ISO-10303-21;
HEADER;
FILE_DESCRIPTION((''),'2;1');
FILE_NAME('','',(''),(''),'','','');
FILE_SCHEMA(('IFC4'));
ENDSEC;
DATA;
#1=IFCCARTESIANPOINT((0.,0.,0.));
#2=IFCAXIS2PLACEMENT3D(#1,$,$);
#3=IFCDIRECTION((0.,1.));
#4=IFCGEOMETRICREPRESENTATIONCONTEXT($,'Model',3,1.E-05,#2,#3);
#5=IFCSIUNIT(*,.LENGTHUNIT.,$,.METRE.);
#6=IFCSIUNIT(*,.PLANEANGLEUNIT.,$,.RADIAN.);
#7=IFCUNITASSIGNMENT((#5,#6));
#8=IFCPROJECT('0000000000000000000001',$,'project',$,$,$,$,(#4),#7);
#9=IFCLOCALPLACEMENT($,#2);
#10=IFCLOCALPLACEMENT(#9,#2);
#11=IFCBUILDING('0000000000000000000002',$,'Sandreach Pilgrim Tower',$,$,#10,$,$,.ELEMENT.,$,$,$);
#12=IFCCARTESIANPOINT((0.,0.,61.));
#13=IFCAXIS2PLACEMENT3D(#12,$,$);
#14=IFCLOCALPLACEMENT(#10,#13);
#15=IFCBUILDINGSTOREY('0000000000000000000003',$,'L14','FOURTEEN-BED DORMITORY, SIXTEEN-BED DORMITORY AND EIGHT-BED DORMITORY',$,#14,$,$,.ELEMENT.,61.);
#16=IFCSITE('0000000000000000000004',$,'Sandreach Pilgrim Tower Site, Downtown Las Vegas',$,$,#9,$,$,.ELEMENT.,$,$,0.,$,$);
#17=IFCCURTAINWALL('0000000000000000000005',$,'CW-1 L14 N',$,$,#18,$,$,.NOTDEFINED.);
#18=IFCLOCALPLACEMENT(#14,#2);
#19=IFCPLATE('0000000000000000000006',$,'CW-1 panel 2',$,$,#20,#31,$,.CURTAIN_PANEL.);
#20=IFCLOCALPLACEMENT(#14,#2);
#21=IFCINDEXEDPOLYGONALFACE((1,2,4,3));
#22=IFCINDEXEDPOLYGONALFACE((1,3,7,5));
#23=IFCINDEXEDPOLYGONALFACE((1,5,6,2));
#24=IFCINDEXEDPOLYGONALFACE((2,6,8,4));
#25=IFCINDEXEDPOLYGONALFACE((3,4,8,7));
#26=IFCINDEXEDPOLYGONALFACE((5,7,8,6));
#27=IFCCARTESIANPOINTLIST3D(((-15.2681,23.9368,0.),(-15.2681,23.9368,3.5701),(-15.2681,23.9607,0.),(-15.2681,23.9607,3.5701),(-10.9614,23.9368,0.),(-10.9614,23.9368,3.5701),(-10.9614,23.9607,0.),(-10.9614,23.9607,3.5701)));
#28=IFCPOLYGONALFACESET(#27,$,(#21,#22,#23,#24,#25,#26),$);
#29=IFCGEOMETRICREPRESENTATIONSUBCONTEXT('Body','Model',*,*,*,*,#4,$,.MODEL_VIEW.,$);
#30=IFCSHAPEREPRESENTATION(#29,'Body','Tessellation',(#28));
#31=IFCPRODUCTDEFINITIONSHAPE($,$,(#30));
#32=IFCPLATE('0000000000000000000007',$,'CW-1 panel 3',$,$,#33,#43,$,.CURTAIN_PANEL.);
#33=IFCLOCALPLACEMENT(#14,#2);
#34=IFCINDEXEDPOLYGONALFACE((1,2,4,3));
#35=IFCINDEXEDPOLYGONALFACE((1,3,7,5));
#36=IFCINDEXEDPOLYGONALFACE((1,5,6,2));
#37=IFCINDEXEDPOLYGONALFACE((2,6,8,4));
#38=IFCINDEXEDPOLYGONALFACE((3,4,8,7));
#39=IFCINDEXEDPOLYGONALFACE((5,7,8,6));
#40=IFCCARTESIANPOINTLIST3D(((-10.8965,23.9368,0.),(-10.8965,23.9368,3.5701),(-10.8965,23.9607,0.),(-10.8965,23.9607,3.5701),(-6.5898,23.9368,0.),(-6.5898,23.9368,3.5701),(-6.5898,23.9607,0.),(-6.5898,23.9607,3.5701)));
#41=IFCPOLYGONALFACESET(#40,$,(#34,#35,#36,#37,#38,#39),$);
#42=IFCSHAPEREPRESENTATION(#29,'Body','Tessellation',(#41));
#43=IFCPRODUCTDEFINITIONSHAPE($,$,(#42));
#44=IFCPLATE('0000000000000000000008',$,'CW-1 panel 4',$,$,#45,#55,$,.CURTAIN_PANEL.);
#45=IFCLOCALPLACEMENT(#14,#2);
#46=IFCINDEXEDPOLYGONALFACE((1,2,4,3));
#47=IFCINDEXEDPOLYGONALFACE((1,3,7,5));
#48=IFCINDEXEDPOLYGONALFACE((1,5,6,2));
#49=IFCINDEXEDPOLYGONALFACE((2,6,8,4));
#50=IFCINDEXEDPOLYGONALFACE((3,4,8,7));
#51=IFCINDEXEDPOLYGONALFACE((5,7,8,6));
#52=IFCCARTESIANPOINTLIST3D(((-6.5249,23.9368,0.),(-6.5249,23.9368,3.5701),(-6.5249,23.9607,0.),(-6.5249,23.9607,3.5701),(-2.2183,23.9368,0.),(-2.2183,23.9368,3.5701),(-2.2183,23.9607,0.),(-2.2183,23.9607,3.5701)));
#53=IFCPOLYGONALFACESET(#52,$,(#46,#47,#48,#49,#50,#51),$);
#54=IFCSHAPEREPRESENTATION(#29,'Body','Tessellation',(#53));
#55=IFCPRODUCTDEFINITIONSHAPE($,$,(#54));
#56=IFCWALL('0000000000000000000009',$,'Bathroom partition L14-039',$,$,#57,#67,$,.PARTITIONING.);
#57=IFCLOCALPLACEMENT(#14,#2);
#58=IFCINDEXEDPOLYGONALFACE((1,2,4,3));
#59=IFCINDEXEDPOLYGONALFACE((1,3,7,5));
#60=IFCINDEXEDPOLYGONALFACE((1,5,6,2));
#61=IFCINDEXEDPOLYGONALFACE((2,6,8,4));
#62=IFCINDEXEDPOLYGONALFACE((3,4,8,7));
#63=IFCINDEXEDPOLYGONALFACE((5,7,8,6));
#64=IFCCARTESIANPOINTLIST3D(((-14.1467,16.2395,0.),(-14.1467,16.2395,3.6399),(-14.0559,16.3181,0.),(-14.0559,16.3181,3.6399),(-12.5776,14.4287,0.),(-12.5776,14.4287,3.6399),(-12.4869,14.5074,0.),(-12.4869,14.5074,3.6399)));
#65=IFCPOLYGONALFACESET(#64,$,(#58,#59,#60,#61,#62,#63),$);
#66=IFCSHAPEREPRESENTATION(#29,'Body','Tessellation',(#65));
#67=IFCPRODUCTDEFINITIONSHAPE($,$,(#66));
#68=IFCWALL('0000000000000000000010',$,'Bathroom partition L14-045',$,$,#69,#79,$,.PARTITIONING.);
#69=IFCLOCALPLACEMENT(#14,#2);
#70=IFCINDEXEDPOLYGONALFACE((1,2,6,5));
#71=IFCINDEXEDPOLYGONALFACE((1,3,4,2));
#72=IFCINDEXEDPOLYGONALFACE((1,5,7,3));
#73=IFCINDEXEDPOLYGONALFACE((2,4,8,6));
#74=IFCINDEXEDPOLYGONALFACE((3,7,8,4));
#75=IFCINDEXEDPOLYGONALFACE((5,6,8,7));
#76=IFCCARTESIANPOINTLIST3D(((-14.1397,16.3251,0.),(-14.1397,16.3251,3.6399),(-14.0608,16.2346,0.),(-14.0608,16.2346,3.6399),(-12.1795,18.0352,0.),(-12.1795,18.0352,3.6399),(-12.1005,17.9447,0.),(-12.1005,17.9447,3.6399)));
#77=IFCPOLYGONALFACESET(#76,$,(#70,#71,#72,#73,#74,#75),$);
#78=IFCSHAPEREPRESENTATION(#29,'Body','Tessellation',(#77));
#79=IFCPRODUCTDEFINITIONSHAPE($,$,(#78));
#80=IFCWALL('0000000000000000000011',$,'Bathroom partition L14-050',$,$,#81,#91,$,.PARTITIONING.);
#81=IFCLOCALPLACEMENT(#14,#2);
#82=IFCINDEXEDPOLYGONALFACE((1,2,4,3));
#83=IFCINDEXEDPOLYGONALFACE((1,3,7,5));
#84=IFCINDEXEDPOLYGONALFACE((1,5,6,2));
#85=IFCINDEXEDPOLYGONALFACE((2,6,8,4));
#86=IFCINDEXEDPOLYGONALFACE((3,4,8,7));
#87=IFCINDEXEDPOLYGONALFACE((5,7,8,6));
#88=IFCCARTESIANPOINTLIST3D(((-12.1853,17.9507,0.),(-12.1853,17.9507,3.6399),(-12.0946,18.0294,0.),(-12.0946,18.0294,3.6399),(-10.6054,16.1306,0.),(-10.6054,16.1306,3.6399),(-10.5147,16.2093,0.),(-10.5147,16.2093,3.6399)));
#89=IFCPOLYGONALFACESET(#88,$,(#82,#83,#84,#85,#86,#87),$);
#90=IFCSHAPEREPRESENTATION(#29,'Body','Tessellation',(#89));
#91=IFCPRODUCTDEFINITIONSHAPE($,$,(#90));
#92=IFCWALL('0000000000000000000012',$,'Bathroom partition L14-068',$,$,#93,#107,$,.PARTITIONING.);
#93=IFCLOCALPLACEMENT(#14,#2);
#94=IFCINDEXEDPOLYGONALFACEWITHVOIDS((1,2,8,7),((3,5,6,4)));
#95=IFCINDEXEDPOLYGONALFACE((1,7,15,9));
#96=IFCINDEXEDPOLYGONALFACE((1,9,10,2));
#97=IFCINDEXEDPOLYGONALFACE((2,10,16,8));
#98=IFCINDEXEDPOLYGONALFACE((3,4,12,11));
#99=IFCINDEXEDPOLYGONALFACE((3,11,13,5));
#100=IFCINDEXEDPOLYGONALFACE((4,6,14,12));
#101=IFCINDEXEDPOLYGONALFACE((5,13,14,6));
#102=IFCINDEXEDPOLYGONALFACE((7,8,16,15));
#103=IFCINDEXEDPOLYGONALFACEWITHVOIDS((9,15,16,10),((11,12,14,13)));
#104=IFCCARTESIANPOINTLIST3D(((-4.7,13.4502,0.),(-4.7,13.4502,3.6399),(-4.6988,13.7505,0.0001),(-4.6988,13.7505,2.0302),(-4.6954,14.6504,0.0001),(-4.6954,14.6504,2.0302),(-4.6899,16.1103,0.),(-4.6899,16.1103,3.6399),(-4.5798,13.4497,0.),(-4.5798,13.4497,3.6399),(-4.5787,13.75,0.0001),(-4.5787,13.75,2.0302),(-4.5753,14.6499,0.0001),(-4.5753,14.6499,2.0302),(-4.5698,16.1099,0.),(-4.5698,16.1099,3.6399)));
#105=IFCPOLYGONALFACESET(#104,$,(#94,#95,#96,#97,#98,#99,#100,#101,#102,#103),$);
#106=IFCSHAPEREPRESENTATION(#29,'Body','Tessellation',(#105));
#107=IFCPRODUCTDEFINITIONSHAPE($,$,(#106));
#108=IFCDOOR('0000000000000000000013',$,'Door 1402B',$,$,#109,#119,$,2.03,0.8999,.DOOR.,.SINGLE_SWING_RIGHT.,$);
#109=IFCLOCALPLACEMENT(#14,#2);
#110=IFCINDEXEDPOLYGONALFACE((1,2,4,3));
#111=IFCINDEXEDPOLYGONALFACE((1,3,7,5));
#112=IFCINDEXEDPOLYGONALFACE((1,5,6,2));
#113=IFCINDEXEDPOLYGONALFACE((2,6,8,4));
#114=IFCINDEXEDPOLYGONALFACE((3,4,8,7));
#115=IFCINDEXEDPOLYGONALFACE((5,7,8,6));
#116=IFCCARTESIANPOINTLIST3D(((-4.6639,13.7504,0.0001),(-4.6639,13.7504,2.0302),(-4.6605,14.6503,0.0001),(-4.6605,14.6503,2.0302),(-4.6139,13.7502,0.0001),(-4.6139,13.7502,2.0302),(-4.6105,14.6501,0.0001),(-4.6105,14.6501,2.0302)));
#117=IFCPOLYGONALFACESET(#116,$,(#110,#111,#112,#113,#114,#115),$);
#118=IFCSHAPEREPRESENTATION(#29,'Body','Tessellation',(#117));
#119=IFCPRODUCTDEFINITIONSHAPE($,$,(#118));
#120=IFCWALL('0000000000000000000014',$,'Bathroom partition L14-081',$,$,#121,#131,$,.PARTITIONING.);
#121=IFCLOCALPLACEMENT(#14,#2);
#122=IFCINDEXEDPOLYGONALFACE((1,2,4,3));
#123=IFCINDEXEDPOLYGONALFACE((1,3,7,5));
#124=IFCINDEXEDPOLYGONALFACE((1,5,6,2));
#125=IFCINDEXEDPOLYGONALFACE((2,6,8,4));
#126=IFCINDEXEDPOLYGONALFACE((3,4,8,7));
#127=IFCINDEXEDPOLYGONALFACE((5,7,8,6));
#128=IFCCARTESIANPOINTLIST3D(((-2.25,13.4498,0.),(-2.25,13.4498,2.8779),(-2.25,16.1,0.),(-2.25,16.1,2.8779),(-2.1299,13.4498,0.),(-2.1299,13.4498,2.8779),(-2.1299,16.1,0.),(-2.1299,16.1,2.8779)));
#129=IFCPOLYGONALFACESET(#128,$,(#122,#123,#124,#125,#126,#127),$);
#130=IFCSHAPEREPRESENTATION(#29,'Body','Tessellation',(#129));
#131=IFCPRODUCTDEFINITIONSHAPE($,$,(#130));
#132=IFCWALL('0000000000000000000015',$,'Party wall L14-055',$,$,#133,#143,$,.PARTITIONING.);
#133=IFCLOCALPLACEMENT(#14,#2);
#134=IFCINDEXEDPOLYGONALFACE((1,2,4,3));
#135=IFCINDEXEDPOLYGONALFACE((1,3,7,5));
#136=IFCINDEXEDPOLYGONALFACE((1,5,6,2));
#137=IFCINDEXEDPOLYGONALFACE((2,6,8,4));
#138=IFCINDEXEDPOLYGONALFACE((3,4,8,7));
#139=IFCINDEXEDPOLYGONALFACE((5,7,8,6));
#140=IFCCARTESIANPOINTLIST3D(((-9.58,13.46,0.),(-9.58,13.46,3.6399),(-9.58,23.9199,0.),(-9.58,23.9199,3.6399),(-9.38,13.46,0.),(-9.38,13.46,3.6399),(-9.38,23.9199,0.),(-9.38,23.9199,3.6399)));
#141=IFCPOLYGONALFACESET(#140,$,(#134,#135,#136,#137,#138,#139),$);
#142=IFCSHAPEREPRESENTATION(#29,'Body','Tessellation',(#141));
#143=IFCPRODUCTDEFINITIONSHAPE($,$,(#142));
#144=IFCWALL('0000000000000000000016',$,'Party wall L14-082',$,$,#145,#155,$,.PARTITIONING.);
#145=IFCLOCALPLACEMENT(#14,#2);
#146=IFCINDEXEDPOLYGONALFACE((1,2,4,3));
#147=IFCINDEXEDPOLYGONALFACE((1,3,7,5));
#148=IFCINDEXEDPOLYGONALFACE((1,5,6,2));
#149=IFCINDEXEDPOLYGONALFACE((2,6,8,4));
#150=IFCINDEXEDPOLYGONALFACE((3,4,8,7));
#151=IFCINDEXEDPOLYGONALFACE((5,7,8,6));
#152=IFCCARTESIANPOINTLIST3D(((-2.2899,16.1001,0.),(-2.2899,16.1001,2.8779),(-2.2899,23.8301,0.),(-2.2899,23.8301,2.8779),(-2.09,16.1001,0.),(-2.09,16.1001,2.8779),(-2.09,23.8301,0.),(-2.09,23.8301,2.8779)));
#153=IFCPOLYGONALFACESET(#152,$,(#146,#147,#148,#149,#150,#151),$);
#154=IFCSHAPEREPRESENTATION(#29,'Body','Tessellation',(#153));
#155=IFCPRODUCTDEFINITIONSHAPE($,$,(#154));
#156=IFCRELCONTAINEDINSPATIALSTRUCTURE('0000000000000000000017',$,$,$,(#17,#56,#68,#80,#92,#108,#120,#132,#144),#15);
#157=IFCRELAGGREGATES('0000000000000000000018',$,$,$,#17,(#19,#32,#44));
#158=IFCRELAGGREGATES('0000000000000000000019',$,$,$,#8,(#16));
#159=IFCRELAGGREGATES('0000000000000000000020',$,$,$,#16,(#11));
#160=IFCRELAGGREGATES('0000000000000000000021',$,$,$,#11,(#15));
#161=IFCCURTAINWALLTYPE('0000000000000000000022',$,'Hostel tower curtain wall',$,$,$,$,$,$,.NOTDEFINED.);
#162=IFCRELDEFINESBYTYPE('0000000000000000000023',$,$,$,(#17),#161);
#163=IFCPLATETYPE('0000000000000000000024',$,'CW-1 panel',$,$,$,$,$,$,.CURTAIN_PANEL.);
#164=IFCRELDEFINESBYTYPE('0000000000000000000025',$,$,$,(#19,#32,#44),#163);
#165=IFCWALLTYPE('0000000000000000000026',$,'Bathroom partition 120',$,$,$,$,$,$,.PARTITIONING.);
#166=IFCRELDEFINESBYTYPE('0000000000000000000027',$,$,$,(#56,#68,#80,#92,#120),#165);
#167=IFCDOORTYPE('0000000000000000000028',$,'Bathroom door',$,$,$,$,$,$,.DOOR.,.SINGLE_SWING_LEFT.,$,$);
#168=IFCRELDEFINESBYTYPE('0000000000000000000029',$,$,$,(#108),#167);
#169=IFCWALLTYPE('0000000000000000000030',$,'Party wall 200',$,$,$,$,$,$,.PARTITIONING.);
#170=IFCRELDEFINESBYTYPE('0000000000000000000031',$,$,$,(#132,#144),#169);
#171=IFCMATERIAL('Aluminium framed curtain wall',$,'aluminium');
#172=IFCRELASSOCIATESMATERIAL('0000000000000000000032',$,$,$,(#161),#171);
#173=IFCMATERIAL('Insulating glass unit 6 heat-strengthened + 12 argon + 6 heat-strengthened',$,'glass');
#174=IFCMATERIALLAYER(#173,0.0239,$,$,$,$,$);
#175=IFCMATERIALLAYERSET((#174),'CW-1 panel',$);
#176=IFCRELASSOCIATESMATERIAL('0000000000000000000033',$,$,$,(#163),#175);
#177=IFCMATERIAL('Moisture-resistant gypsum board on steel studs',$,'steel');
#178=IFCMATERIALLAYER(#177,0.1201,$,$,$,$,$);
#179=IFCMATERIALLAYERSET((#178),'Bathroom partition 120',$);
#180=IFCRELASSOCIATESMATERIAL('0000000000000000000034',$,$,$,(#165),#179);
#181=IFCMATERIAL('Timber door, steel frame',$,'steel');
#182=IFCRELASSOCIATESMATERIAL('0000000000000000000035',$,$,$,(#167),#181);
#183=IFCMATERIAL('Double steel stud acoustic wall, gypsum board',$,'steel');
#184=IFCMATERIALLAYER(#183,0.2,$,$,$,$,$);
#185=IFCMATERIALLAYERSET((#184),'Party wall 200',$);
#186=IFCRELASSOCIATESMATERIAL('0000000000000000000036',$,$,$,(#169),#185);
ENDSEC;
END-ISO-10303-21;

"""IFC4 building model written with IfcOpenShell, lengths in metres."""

from ifc_helpers import new_model, si_unit, direction, frame, frame_2d, origin, origin_2d, place, context, subcontext, project, spatial, rectangle, extrude, material, layer, layer_set, type_object, element, fill, aggregate, save


model = new_model("IFC4")

# Units and contexts
model_context = context("Model", 3, precision=1e-05, world=origin(), true_north=direction((0.0, 1.0)))
body_context = subcontext(model_context, "Body", "Model", "MODEL_VIEW")
ifc_project = project(units=[si_unit("LENGTHUNIT", "METRE"), si_unit("PLANEANGLEUNIT", "RADIAN")], contexts=[model_context])

# Site, building, storey
site_placement = place(None, origin())
site = spatial("IfcSite", under=ifc_project, at=site_placement, Name="Sandreach Pilgrim Tower Site, Downtown Las Vegas", CompositionType="ELEMENT", RefElevation=0.0)
building_placement = place(site_placement, origin())
building = spatial("IfcBuilding", under=site, at=building_placement, Name="Sandreach Pilgrim Tower", CompositionType="ELEMENT")
storey_placement = place(building_placement, frame((0.0, 0.0, 61.0)))
storey = spatial("IfcBuildingStorey", under=building, at=storey_placement, Name="L14", Description="FOURTEEN-BED DORMITORY, SIXTEEN-BED DORMITORY AND EIGHT-BED DORMITORY", CompositionType="ELEMENT", Elevation=61.0)

# Curtain wall
ifc_material_1 = material(Name="Aluminium framed curtain wall", Category="aluminium")
curtain_wall_type = type_object("IfcCurtainWallType", Name="Hostel tower curtain wall", PredefinedType="NOTDEFINED", material=ifc_material_1)
curtain_wall_placement = place(storey_placement, origin())
curtain_wall = element("IfcCurtainWall", 1, at=curtain_wall_placement, inside=storey, type_object=curtain_wall_type, Name="CW-1 L14 N", PredefinedType="NOTDEFINED")

# Plates
ifc_material_2 = material(Name="Insulating glass unit 6 heat-strengthened + 12 argon + 6 heat-strengthened", Category="glass")
ifc_layer_1 = layer(ifc_material_2, 0.0239)
ifc_layer_set_1 = layer_set([ifc_layer_1], Name="CW-1 panel")
plate_type = type_object("IfcPlateType", Name="CW-1 panel", PredefinedType="CURTAIN_PANEL", material=ifc_layer_set_1)
plate_1_placement = place(storey_placement, frame((-13.1147, 23.9487, 0.0), z_axis=(0.0, 0.0, 1.0), x_axis=(1.0, 0.0, 0.0)))
plate_1 = element("IfcPlate", 2, at=plate_1_placement, type_object=plate_type, Name="CW-1 panel 2", PredefinedType="CURTAIN_PANEL", context=body_context, shape_type="SweptSolid", body=[
    extrude(rectangle(XDim=4.3066, YDim=0.0239, at=origin_2d()), origin(), (0.0, 0.0, 1.0), 3.5701),
])
plate_2_placement = place(storey_placement, frame((-8.7432, 23.9487, 0.0), z_axis=(0.0, 0.0, 1.0), x_axis=(1.0, 0.0, 0.0)))
plate_2 = element("IfcPlate", 3, at=plate_2_placement, type_object=plate_type, Name="CW-1 panel 3", PredefinedType="CURTAIN_PANEL", context=body_context, shape_type="SweptSolid", body=[
    extrude(rectangle(XDim=4.3066, YDim=0.0239, at=origin_2d()), origin(), (0.0, 0.0, 1.0), 3.5701),
])
plate_3_placement = place(storey_placement, frame((-4.3716, 23.9487, 0.0), z_axis=(0.0, 0.0, 1.0), x_axis=(1.0, 0.0, 0.0)))
plate_3 = element("IfcPlate", 4, at=plate_3_placement, type_object=plate_type, Name="CW-1 panel 4", PredefinedType="CURTAIN_PANEL", context=body_context, shape_type="SweptSolid", body=[
    extrude(rectangle(XDim=4.3066, YDim=0.0239, at=origin_2d()), origin(), (0.0, 0.0, 1.0), 3.5701),
])
aggregate(curtain_wall, [plate_1, plate_2, plate_3])

# Walls
ifc_material_3 = material(Name="Moisture-resistant gypsum board on steel studs", Category="steel")
ifc_layer_2 = layer(ifc_material_3, 0.1201)
ifc_layer_set_2 = layer_set([ifc_layer_2], Name="Bathroom partition 120")
wall_type_1 = type_object("IfcWallType", Name="Bathroom partition 120", PredefinedType="PARTITIONING", material=ifc_layer_set_2)
wall_1_placement = place(storey_placement, frame((-14.1013, 16.2788, 0.0), z_axis=(0.0, 0.0, 1.0), x_axis=(0.654868, -0.755743, 0.0)))
element("IfcWall", 5, at=wall_1_placement, inside=storey, type_object=wall_type_1, Name="Bathroom partition L14-039", PredefinedType="PARTITIONING", context=body_context, shape_type="SweptSolid", body=[
    extrude(rectangle(XDim=2.396, YDim=0.1201, at=frame_2d((1.198, 0.0))), origin(), (0.0, 0.0, 1.0), 3.6399),
])
wall_2_placement = place(storey_placement, frame((-12.1399, 17.99, 0.0), z_axis=(0.0, 0.0, 1.0), x_axis=(-0.75357, -0.657368, 0.0)))
element("IfcWall", 6, at=wall_2_placement, inside=storey, type_object=wall_type_1, Name="Bathroom partition L14-045", PredefinedType="PARTITIONING", context=body_context, shape_type="SweptSolid", body=[
    extrude(rectangle(XDim=2.6013, YDim=0.1201, at=frame_2d((1.3008, 0.0))), origin(), (0.0, 0.0, 1.0), 3.6399),
])
wall_3_placement = place(storey_placement, frame((-10.5601, 16.1699, 0.0), z_axis=(0.0, 0.0, 1.0), x_axis=(-0.655509, 0.755188, 0.0)))
element("IfcWall", 7, at=wall_3_placement, inside=storey, type_object=wall_type_1, Name="Bathroom partition L14-050", PredefinedType="PARTITIONING", context=body_context, shape_type="SweptSolid", body=[
    extrude(rectangle(XDim=2.4102, YDim=0.1201, at=frame_2d((1.2051, 0.0))), origin(), (0.0, 0.0, 1.0), 3.6399),
])

# Wall, opening, door
wall_4_placement = place(storey_placement, frame((-4.6299, 16.1101, 0.0), z_axis=(0.0, 0.0, 1.0), x_axis=(-0.003763, -0.999993, 0.0)))
wall_4 = element("IfcWall", 8, at=wall_4_placement, inside=storey, type_object=wall_type_1, Name="Bathroom partition L14-068", PredefinedType="PARTITIONING", context=body_context, shape_type="SweptSolid", body=[
    extrude(rectangle(XDim=2.6602, YDim=0.1201, at=frame_2d((1.3301, 0.0))), origin(), (0.0, 0.0, 1.0), 3.6399),
])
opening_placement = place(wall_4_placement, frame((1.46, 0.0, 0.0)))
opening = element("IfcOpeningElement", 9, at=opening_placement, cuts=wall_4, PredefinedType="OPENING", context=body_context, shape_type="SweptSolid", body=[
    extrude(rectangle(XDim=0.8999, YDim=2.03, at=frame_2d((0.45, 1.0151))), frame((0.0, 0.0601, 0.0), z_axis=(0.0, -1.0, 0.0), x_axis=(1.0, 0.0, 0.0)), (0.0, 0.0, 1.0), 0.1201),
])
ifc_material_4 = material(Name="Timber door, steel frame", Category="steel")
door_type = type_object("IfcDoorType", Name="Bathroom door", OperationType="SINGLE_SWING_LEFT", PredefinedType="DOOR", material=ifc_material_4)
door_placement = place(opening_placement, origin())
door = element("IfcDoor", 10, at=door_placement, inside=storey, type_object=door_type, Name="Door 1402B", OperationType="SINGLE_SWING_RIGHT", OverallHeight=2.03, OverallWidth=0.8999, PredefinedType="DOOR", context=body_context, shape_type="SweptSolid", body=[
    extrude(rectangle(XDim=0.8999, YDim=2.03, at=frame_2d((0.45, 1.0151))), frame((0.0, 0.0249, 0.0), z_axis=(0.0, -1.0, 0.0), x_axis=(1.0, 0.0, 0.0)), (0.0, 0.0, 1.0), 0.05),
])
fill(opening, door)

# Walls
wall_5_placement = place(storey_placement, frame((-2.1899, 16.1001, 0.0), z_axis=(0.0, 0.0, 1.0), x_axis=(0.0, -1.0, 0.0)))
element("IfcWall", 11, at=wall_5_placement, inside=storey, type_object=wall_type_1, Name="Bathroom partition L14-081", PredefinedType="PARTITIONING", context=body_context, shape_type="SweptSolid", body=[
    extrude(rectangle(XDim=2.6501, YDim=0.1201, at=frame_2d((1.3252, 0.0))), origin(), (0.0, 0.0, 1.0), 2.8779),
])
ifc_material_5 = material(Name="Double steel stud acoustic wall, gypsum board", Category="steel")
ifc_layer_3 = layer(ifc_material_5, 0.2)
ifc_layer_set_3 = layer_set([ifc_layer_3], Name="Party wall 200")
wall_type_2 = type_object("IfcWallType", Name="Party wall 200", PredefinedType="PARTITIONING", material=ifc_layer_set_3)
wall_6_placement = place(storey_placement, frame((-9.48, 23.9199, 0.0), z_axis=(0.0, 0.0, 1.0), x_axis=(0.0, -1.0, 0.0)))
element("IfcWall", 12, at=wall_6_placement, inside=storey, type_object=wall_type_2, Name="Party wall L14-055", PredefinedType="PARTITIONING", context=body_context, shape_type="SweptSolid", body=[
    extrude(rectangle(XDim=10.46, YDim=0.2, at=frame_2d((5.23, 0.0))), origin(), (0.0, 0.0, 1.0), 3.6399),
])
wall_7_placement = place(storey_placement, frame((-2.1899, 23.8301, 0.0), z_axis=(0.0, 0.0, 1.0), x_axis=(0.0, -1.0, 0.0)))
element("IfcWall", 13, at=wall_7_placement, inside=storey, type_object=wall_type_2, Name="Party wall L14-082", PredefinedType="PARTITIONING", context=body_context, shape_type="SweptSolid", body=[
    extrude(rectangle(XDim=7.73, YDim=0.2, at=frame_2d((3.865, 0.0))), origin(), (0.0, 0.0, 1.0), 2.8779),
])

save(model, "model.ifc")
